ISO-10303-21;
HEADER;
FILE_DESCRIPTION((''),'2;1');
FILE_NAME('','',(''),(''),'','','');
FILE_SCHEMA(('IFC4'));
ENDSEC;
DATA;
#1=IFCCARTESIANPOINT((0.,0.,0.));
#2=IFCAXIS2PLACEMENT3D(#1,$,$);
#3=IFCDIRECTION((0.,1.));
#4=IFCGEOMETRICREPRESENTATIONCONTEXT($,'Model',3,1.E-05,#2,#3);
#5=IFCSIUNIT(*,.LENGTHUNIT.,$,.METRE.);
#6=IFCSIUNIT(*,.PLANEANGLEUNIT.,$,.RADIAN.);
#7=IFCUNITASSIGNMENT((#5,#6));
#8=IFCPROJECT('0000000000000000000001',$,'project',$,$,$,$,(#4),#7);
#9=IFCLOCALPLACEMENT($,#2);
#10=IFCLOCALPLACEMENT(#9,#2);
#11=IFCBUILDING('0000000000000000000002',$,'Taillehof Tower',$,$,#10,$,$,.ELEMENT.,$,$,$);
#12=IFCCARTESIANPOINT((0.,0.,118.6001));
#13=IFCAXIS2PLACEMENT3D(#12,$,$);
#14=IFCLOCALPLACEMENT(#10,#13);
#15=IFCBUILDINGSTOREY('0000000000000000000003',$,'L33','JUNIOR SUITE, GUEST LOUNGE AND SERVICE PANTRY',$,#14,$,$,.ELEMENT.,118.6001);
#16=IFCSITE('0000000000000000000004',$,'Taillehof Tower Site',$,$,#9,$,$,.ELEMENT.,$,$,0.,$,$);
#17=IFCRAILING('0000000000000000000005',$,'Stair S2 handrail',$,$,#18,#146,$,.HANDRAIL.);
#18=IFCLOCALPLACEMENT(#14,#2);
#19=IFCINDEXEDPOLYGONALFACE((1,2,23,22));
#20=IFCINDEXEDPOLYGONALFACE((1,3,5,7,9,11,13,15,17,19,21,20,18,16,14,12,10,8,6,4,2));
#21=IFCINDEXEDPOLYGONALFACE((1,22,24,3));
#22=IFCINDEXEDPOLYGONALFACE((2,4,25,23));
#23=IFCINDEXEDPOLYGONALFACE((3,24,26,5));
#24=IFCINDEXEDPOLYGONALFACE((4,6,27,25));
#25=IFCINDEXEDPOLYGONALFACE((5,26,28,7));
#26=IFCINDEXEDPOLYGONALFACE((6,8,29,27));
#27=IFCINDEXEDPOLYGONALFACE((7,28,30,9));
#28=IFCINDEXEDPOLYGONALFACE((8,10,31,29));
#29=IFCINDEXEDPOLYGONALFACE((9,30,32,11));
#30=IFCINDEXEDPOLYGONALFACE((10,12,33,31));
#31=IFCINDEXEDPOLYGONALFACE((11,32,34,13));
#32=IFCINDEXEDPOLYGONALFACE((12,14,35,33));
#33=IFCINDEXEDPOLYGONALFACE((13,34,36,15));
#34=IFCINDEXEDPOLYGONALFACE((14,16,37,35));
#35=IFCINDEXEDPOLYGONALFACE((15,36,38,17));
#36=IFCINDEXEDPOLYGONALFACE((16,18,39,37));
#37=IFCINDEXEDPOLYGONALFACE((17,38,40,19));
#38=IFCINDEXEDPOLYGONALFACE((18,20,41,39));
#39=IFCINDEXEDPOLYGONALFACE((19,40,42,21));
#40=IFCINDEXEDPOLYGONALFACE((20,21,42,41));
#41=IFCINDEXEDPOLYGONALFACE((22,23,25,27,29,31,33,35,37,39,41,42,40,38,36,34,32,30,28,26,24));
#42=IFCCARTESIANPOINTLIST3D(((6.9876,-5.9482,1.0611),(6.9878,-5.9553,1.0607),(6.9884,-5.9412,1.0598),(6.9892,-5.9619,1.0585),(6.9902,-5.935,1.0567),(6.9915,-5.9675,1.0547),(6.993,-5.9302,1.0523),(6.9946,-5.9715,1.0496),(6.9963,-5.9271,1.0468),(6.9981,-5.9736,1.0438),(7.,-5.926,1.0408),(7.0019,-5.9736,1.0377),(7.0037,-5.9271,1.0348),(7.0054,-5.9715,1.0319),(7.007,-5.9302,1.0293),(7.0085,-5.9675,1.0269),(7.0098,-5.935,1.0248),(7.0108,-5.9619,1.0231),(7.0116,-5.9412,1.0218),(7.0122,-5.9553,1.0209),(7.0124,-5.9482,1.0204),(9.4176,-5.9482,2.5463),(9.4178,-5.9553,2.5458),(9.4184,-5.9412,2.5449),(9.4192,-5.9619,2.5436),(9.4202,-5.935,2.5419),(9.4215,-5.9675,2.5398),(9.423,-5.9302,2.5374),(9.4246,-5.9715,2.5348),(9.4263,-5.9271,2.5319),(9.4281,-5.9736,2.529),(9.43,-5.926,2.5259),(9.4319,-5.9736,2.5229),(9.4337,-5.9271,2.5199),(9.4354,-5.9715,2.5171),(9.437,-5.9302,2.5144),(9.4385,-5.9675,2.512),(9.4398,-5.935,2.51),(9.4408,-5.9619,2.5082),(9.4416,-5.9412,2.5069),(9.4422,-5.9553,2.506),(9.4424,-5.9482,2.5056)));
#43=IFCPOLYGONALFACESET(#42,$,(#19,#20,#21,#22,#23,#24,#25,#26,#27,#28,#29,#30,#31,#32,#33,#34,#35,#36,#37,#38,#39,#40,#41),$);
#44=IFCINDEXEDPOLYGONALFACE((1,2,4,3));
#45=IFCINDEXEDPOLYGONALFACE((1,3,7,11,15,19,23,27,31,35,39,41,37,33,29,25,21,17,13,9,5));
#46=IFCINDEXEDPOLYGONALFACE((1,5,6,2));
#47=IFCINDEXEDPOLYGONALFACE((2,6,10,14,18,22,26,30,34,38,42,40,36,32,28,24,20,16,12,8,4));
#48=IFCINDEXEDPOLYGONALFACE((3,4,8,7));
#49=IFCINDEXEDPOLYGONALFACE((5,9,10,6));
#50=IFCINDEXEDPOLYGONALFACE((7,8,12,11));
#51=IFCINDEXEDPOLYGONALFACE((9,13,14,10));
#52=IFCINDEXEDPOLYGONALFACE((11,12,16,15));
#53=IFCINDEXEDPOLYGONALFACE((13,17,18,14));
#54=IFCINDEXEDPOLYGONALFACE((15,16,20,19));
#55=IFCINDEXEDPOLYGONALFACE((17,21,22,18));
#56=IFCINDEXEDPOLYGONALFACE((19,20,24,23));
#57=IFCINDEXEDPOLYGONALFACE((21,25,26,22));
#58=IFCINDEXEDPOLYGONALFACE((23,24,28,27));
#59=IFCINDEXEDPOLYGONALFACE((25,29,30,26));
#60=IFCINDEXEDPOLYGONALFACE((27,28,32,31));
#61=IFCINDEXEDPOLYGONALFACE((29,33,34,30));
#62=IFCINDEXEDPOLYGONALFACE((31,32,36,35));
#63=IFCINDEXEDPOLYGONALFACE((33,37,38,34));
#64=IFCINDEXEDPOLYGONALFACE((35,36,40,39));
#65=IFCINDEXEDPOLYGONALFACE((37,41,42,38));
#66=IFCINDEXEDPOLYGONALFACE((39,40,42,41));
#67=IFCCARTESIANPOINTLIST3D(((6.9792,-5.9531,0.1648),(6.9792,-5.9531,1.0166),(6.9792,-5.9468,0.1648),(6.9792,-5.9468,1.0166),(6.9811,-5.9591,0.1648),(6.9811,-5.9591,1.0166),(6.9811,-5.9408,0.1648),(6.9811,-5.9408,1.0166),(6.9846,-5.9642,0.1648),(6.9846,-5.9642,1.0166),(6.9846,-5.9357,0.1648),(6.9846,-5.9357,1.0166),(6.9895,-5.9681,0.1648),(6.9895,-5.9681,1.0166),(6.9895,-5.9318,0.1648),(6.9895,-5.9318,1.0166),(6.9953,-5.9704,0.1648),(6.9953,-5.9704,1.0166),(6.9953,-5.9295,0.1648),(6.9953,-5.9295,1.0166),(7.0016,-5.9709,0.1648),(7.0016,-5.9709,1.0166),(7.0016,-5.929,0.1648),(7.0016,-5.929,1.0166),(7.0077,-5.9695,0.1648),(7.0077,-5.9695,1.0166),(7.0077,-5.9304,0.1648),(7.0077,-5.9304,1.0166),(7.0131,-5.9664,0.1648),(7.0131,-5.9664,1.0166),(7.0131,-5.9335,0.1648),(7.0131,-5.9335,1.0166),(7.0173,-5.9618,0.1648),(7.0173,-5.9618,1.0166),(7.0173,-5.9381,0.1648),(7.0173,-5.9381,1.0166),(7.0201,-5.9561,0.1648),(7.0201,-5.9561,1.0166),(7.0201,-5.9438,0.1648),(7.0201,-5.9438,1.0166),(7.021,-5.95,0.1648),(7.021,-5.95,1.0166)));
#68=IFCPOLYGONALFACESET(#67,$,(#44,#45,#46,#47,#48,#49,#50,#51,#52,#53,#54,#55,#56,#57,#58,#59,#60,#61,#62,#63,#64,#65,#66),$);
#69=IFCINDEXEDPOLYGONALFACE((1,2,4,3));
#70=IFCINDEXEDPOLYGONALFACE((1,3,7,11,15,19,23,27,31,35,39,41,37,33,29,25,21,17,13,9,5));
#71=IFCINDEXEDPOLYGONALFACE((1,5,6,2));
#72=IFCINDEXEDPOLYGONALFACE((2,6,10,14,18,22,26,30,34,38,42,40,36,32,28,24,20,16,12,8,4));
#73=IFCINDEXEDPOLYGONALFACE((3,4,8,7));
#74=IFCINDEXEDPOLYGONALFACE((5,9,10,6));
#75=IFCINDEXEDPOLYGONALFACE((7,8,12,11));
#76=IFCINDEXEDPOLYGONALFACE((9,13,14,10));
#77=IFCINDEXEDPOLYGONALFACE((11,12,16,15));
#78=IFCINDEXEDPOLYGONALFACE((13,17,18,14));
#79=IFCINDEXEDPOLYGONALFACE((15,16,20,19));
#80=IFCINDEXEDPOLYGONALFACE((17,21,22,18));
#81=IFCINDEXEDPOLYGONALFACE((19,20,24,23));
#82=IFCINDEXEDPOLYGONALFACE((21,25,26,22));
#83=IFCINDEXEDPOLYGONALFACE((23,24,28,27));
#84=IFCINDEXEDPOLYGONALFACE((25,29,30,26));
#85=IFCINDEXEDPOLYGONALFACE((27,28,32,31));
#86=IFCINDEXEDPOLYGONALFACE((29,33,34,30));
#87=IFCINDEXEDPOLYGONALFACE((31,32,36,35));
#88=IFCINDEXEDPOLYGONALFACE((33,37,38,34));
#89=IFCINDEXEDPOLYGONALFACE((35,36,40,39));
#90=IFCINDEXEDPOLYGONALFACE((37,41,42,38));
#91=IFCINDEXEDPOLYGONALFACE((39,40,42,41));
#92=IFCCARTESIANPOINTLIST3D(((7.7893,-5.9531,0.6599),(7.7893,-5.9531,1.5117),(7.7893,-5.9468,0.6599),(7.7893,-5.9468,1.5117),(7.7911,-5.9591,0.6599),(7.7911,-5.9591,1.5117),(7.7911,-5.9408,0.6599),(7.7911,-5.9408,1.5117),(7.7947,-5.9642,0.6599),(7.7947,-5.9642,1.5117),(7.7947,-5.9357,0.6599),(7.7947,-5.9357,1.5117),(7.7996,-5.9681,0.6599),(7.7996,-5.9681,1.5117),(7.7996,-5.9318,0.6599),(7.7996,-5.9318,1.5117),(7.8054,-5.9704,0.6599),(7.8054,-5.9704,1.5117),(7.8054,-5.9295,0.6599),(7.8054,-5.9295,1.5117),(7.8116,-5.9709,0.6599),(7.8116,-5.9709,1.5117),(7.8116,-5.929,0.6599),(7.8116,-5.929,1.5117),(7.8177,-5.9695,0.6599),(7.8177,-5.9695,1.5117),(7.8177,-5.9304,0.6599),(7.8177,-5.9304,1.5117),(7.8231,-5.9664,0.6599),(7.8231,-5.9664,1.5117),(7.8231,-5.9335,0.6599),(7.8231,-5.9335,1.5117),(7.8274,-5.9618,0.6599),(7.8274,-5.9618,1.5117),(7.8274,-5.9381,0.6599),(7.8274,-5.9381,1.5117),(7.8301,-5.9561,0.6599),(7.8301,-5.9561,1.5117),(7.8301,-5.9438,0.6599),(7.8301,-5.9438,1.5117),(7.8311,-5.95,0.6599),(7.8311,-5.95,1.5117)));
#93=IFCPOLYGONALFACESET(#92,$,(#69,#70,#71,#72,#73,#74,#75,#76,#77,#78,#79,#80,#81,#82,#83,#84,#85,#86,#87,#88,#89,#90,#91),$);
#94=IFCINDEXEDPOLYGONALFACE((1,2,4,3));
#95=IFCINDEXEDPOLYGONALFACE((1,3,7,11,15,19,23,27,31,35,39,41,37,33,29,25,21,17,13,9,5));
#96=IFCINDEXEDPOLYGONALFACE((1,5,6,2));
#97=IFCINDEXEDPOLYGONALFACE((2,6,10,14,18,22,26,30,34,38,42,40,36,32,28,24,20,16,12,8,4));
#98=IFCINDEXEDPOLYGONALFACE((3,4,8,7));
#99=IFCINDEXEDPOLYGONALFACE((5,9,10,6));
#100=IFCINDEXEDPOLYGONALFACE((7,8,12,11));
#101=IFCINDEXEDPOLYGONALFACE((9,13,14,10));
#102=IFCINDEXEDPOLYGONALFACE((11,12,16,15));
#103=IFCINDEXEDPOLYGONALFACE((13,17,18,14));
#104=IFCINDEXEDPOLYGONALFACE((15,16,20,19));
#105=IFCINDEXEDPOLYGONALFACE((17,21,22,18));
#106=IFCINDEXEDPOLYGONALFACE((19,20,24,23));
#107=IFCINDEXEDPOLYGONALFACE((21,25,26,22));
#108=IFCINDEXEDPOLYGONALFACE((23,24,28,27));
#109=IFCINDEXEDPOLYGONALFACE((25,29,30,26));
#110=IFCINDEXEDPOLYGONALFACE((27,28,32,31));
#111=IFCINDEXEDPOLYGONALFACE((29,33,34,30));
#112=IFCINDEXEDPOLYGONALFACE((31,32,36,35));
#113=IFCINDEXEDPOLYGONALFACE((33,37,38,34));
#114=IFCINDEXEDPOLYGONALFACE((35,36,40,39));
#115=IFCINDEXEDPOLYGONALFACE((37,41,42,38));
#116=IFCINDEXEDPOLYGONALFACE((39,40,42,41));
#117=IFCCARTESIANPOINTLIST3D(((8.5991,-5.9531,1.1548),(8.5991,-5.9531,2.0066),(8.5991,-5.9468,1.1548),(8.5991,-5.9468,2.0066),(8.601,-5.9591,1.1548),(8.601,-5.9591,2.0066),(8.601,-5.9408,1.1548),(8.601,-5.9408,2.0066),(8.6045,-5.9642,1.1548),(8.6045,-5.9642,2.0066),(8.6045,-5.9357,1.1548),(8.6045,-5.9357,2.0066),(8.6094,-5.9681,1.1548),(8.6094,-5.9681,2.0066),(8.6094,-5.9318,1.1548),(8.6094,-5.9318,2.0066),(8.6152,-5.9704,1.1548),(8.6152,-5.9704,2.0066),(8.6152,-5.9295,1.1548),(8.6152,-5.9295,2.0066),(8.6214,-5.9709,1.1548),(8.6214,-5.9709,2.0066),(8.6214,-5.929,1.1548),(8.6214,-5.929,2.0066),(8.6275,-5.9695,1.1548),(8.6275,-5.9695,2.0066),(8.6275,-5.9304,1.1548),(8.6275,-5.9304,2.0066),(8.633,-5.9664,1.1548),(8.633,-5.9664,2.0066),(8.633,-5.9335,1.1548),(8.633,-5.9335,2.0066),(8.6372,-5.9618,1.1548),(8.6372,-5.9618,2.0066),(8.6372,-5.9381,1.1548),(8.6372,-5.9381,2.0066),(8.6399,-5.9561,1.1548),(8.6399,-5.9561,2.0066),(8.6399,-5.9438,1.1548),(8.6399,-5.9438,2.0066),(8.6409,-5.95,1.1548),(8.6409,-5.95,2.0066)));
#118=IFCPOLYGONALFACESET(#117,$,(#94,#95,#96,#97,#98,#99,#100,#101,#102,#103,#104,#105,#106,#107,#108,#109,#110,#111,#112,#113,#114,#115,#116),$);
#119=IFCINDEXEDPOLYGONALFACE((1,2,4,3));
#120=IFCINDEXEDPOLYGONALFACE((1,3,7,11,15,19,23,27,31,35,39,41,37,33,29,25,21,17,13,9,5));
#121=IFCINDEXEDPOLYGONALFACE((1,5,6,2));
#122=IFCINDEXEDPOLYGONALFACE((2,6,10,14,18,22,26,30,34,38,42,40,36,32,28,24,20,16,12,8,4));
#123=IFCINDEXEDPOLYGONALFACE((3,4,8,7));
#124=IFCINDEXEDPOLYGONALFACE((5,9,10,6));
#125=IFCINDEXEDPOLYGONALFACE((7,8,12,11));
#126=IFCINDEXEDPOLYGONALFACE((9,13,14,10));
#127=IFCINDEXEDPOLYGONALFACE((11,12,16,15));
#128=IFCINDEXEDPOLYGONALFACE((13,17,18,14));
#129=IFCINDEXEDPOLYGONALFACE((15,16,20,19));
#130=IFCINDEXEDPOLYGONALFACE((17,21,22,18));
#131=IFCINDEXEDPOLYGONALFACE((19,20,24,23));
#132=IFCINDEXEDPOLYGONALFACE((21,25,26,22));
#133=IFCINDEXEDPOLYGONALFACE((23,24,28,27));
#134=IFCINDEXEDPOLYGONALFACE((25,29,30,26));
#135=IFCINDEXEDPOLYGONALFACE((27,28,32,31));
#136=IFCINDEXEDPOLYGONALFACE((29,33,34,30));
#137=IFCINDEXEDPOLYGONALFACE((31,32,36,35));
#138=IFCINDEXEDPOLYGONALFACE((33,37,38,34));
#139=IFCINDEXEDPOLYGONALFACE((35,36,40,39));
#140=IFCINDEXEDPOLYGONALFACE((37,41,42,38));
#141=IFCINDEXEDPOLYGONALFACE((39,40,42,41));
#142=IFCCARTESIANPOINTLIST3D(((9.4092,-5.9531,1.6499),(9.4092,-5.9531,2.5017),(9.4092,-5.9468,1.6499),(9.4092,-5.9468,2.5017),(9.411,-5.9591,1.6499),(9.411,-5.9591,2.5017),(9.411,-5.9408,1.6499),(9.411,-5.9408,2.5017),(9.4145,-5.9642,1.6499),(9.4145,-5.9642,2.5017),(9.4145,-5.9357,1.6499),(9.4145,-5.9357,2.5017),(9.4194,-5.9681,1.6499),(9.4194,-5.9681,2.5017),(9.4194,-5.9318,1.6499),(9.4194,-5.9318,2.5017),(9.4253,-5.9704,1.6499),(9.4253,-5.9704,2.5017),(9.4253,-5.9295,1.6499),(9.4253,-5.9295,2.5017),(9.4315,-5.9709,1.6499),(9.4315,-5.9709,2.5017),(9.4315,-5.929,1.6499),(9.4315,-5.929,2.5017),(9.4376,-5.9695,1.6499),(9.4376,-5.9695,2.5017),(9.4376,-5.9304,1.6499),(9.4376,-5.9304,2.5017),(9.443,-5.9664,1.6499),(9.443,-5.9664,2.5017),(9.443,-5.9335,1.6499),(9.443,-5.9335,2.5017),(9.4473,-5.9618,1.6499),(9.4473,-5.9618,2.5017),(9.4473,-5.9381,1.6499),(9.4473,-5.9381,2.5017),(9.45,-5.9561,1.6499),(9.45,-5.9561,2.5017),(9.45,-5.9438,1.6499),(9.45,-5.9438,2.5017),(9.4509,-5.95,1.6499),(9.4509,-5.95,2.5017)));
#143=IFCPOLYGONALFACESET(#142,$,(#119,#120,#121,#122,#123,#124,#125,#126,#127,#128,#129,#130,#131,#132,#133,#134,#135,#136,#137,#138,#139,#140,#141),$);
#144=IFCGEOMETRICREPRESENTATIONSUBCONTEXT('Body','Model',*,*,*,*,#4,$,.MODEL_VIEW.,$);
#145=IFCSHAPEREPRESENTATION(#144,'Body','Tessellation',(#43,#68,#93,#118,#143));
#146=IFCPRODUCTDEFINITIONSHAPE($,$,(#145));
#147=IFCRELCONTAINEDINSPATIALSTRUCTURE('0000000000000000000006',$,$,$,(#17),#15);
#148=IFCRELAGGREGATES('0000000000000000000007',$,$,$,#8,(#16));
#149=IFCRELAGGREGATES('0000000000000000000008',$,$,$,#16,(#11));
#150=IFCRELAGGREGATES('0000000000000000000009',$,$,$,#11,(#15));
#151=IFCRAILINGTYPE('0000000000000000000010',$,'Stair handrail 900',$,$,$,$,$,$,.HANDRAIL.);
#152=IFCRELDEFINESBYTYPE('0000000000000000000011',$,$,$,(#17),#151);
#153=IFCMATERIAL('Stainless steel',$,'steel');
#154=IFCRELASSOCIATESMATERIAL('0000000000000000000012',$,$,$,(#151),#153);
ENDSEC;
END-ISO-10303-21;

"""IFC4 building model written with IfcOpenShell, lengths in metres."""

from ifc_helpers import new_model, si_unit, direction, frame, origin, origin_2d, place, context, subcontext, project, spatial, circle, extrude, material, type_object, element, save


model = new_model("IFC4")

# Units and contexts
model_context = context("Model", 3, precision=1e-05, world=origin(), true_north=direction((0.0, 1.0)))
body_context = subcontext(model_context, "Body", "Model", "MODEL_VIEW")
ifc_project = project(units=[si_unit("LENGTHUNIT", "METRE"), si_unit("PLANEANGLEUNIT", "RADIAN")], contexts=[model_context])

# Site, building, storey
site_placement = place(None, origin())
site = spatial("IfcSite", under=ifc_project, at=site_placement, Name="Taillehof Tower Site", CompositionType="ELEMENT", RefElevation=0.0)
building_placement = place(site_placement, origin())
building = spatial("IfcBuilding", under=site, at=building_placement, Name="Taillehof Tower", CompositionType="ELEMENT")
storey_placement = place(building_placement, frame((0.0, 0.0, 118.6001)))
storey = spatial("IfcBuildingStorey", under=building, at=storey_placement, Name="L33", Description="JUNIOR SUITE, GUEST LOUNGE AND SERVICE PANTRY", CompositionType="ELEMENT", Elevation=118.6001)

# Railing
ifc_material_1 = material(Name="Stainless steel", Category="steel")
railing_type = type_object("IfcRailingType", Name="Stair handrail 900", PredefinedType="HANDRAIL", material=ifc_material_1)
railing_1_placement = place(storey_placement, frame((7.0, -5.95, 0.1648)))
element("IfcRailing", 1, at=railing_1_placement, inside=storey, type_object=railing_type, Name="Stair S2 handrail", PredefinedType="HANDRAIL", context=body_context, shape_type="SweptSolid", body=[
    extrude(circle(Radius=0.0239, at=origin_2d()), frame((0.0, 0.0, 0.876), z_axis=(0.853259, 0.0, 0.521488), x_axis=(0.0, 1.0, 0.0)), (0.0, 0.0, 1.0), 2.8479),
    extrude(circle(Radius=0.021, at=origin_2d()), origin(), (0.0, 0.0, 1.0), 0.8518),
    extrude(circle(Radius=0.021, at=origin_2d()), frame((0.8101, 0.0, 0.4951)), (0.0, 0.0, 1.0), 0.8518),
    extrude(circle(Radius=0.021, at=origin_2d()), frame((1.6199, 0.0, 0.99)), (0.0, 0.0, 1.0), 0.8518),
    extrude(circle(Radius=0.021, at=origin_2d()), frame((2.4299, 0.0, 1.4851)), (0.0, 0.0, 1.0), 0.8518),
])

save(model, "model.ifc")
